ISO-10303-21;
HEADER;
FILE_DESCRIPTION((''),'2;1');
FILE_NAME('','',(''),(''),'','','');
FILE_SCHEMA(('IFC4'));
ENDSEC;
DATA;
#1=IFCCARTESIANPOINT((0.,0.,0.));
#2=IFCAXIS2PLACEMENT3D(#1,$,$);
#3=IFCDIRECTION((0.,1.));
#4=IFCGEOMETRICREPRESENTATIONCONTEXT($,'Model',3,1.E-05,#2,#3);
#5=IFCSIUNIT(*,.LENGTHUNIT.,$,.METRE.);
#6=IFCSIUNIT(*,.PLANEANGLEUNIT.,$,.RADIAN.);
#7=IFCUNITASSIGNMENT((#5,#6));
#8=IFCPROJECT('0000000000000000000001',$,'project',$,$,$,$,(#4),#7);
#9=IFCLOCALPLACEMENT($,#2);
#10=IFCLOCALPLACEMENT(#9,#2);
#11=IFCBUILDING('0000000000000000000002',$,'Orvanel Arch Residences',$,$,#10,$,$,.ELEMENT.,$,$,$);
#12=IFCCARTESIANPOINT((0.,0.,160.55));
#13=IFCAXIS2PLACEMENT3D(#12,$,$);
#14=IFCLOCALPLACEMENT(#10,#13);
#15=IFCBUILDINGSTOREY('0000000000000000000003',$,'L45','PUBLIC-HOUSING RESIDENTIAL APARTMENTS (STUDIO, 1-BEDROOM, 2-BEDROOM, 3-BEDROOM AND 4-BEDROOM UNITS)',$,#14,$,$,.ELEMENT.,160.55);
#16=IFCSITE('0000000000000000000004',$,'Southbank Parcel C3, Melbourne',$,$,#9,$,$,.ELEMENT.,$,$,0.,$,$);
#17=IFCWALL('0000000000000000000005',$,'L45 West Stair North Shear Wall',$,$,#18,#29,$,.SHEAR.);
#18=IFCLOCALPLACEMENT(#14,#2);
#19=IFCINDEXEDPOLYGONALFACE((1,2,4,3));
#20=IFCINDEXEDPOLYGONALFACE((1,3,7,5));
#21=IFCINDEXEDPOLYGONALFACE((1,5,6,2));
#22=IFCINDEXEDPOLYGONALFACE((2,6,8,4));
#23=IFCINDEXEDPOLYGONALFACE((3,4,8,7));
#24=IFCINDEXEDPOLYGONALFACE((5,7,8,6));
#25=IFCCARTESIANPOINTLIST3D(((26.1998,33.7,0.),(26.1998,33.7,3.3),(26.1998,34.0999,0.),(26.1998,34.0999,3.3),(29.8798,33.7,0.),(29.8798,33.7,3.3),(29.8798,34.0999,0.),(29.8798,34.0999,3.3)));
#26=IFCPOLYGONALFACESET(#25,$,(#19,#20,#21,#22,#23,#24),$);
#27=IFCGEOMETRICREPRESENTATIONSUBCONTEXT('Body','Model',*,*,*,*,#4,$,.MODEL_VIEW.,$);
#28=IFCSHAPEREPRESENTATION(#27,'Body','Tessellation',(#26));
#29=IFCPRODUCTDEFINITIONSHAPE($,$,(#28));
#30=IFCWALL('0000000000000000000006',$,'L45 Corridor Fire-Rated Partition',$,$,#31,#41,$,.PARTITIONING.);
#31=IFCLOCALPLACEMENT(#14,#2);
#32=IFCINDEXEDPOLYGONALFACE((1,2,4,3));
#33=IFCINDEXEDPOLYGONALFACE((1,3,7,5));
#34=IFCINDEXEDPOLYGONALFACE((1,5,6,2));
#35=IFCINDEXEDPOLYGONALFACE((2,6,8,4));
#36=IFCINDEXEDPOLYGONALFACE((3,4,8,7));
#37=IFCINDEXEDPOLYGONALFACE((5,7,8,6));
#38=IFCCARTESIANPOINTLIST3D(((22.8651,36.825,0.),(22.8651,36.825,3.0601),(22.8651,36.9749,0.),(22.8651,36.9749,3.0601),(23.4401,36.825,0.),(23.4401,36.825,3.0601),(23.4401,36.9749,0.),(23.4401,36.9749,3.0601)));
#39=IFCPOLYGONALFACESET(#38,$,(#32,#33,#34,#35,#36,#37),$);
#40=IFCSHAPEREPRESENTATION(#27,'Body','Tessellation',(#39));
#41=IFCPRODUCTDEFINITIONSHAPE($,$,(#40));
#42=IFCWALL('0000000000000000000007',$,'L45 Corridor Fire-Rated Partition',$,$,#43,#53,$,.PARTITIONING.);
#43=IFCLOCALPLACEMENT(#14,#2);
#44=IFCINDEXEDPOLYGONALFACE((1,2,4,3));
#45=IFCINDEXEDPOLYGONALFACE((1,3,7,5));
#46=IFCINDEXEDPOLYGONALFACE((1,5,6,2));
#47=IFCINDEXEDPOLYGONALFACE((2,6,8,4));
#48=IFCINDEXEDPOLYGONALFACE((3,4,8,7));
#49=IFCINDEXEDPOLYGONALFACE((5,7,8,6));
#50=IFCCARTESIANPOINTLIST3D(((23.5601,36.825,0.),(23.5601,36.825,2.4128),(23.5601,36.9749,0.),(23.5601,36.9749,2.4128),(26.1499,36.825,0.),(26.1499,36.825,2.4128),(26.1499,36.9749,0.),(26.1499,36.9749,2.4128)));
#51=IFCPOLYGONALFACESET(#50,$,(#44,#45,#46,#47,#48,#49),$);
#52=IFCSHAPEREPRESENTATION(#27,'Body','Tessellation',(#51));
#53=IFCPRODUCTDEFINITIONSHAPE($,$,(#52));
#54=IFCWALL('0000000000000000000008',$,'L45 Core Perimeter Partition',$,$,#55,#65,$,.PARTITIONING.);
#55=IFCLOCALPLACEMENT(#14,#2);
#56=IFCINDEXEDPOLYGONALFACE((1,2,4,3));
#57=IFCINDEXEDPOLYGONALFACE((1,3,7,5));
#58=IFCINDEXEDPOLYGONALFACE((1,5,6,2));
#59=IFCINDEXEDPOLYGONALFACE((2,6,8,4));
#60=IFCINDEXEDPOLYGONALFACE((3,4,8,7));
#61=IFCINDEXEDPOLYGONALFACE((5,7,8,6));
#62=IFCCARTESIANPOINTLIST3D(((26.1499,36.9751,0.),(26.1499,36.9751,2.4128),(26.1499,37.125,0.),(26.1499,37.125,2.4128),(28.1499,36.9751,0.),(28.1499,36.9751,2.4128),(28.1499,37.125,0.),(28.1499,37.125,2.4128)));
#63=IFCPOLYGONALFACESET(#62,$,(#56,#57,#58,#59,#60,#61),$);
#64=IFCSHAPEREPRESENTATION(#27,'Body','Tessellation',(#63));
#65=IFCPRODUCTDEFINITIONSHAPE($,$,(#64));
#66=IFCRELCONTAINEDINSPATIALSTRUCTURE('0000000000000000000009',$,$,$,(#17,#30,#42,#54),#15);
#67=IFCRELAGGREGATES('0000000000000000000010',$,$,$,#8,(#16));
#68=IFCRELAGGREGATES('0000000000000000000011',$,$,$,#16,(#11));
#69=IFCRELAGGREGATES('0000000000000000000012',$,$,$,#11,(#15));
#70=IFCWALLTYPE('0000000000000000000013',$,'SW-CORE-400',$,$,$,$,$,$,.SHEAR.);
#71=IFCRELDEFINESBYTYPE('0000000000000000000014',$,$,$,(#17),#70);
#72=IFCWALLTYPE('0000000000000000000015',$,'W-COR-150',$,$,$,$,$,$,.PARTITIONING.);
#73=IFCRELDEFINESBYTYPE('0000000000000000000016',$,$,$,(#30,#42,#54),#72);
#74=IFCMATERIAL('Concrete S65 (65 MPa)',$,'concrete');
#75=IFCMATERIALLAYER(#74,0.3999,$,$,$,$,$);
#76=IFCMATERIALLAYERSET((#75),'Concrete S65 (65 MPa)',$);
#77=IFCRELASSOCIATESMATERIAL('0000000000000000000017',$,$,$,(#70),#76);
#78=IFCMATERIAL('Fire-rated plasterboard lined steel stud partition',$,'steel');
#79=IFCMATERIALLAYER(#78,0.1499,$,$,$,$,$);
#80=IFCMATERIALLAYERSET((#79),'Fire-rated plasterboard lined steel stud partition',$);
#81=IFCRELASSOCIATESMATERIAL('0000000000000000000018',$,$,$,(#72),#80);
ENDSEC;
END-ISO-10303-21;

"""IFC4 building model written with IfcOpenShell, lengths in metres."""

from ifc_helpers import new_model, si_unit, direction, frame, frame_2d, origin, place, context, subcontext, project, spatial, rectangle, extrude, material, layer, layer_set, type_object, element, save


model = new_model("IFC4")

# Units and contexts
model_context = context("Model", 3, precision=1e-05, world=origin(), true_north=direction((0.0, 1.0)))
body_context = subcontext(model_context, "Body", "Model", "MODEL_VIEW")
ifc_project = project(units=[si_unit("LENGTHUNIT", "METRE"), si_unit("PLANEANGLEUNIT", "RADIAN")], contexts=[model_context])

# Site, building, storey
site_placement = place(None, origin())
site = spatial("IfcSite", under=ifc_project, at=site_placement, Name="Southbank Parcel C3, Melbourne", CompositionType="ELEMENT", RefElevation=0.0)
building_placement = place(site_placement, origin())
building = spatial("IfcBuilding", under=site, at=building_placement, Name="Orvanel Arch Residences", CompositionType="ELEMENT")
storey_placement = place(building_placement, frame((0.0, 0.0, 160.55)))
storey = spatial("IfcBuildingStorey", under=building, at=storey_placement, Name="L45", Description="PUBLIC-HOUSING RESIDENTIAL APARTMENTS (STUDIO, 1-BEDROOM, 2-BEDROOM, 3-BEDROOM AND 4-BEDROOM UNITS)", CompositionType="ELEMENT", Elevation=160.55)

# Shared definitions
ifc_material_1 = material(Name="Concrete S65 (65 MPa)", Category="concrete")

# Walls
ifc_layer_1 = layer(ifc_material_1, 0.3999)
ifc_layer_set_1 = layer_set([ifc_layer_1], Name="Concrete S65 (65 MPa)")
wall_type_1 = type_object("IfcWallType", Name="SW-CORE-400", PredefinedType="SHEAR", material=ifc_layer_set_1)
wall_1_placement = place(storey_placement, frame((26.2, 33.8999, 0.0), z_axis=(0.0, 0.0, 1.0), x_axis=(1.0, 0.0, 0.0)))
element("IfcWall", 1, at=wall_1_placement, inside=storey, type_object=wall_type_1, Name="L45 West Stair North Shear Wall", PredefinedType="SHEAR", context=body_context, shape_type="SweptSolid", body=[
    extrude(rectangle(XDim=3.6799, YDim=0.3999, at=frame_2d((1.8398, 0.0))), origin(), (0.0, 0.0, 1.0), 3.3),
])
ifc_material_2 = material(Name="Fire-rated plasterboard lined steel stud partition", Category="steel")
ifc_layer_2 = layer(ifc_material_2, 0.1499)
ifc_layer_set_2 = layer_set([ifc_layer_2], Name="Fire-rated plasterboard lined steel stud partition")
wall_type_2 = type_object("IfcWallType", Name="W-COR-150", PredefinedType="PARTITIONING", material=ifc_layer_set_2)
wall_2_placement = place(storey_placement, frame((22.865, 36.8999, 0.0), z_axis=(0.0, 0.0, 1.0), x_axis=(1.0, 0.0, 0.0)))
element("IfcWall", 2, at=wall_2_placement, inside=storey, type_object=wall_type_2, Name="L45 Corridor Fire-Rated Partition", PredefinedType="PARTITIONING", context=body_context, shape_type="SweptSolid", body=[
    extrude(rectangle(XDim=0.575, YDim=0.1499, at=frame_2d((0.2876, 0.0))), origin(), (0.0, 0.0, 1.0), 3.0601),
])
wall_3_placement = place(storey_placement, frame((23.5601, 36.8999, 0.0), z_axis=(0.0, 0.0, 1.0), x_axis=(1.0, 0.0, 0.0)))
element("IfcWall", 3, at=wall_3_placement, inside=storey, type_object=wall_type_2, Name="L45 Corridor Fire-Rated Partition", PredefinedType="PARTITIONING", context=body_context, shape_type="SweptSolid", body=[
    extrude(rectangle(XDim=2.5898, YDim=0.1499, at=frame_2d((1.2949, 0.0))), origin(), (0.0, 0.0, 1.0), 2.4128),
])
wall_4_placement = place(storey_placement, frame((26.1499, 37.05, 0.0), z_axis=(0.0, 0.0, 1.0), x_axis=(1.0, 0.0, 0.0)))
element("IfcWall", 4, at=wall_4_placement, inside=storey, type_object=wall_type_2, Name="L45 Core Perimeter Partition", PredefinedType="PARTITIONING", context=body_context, shape_type="SweptSolid", body=[
    extrude(rectangle(XDim=2.0, YDim=0.1499, at=frame_2d((1.0, 0.0))), origin(), (0.0, 0.0, 1.0), 2.4128),
])

save(model, "model.ifc")
